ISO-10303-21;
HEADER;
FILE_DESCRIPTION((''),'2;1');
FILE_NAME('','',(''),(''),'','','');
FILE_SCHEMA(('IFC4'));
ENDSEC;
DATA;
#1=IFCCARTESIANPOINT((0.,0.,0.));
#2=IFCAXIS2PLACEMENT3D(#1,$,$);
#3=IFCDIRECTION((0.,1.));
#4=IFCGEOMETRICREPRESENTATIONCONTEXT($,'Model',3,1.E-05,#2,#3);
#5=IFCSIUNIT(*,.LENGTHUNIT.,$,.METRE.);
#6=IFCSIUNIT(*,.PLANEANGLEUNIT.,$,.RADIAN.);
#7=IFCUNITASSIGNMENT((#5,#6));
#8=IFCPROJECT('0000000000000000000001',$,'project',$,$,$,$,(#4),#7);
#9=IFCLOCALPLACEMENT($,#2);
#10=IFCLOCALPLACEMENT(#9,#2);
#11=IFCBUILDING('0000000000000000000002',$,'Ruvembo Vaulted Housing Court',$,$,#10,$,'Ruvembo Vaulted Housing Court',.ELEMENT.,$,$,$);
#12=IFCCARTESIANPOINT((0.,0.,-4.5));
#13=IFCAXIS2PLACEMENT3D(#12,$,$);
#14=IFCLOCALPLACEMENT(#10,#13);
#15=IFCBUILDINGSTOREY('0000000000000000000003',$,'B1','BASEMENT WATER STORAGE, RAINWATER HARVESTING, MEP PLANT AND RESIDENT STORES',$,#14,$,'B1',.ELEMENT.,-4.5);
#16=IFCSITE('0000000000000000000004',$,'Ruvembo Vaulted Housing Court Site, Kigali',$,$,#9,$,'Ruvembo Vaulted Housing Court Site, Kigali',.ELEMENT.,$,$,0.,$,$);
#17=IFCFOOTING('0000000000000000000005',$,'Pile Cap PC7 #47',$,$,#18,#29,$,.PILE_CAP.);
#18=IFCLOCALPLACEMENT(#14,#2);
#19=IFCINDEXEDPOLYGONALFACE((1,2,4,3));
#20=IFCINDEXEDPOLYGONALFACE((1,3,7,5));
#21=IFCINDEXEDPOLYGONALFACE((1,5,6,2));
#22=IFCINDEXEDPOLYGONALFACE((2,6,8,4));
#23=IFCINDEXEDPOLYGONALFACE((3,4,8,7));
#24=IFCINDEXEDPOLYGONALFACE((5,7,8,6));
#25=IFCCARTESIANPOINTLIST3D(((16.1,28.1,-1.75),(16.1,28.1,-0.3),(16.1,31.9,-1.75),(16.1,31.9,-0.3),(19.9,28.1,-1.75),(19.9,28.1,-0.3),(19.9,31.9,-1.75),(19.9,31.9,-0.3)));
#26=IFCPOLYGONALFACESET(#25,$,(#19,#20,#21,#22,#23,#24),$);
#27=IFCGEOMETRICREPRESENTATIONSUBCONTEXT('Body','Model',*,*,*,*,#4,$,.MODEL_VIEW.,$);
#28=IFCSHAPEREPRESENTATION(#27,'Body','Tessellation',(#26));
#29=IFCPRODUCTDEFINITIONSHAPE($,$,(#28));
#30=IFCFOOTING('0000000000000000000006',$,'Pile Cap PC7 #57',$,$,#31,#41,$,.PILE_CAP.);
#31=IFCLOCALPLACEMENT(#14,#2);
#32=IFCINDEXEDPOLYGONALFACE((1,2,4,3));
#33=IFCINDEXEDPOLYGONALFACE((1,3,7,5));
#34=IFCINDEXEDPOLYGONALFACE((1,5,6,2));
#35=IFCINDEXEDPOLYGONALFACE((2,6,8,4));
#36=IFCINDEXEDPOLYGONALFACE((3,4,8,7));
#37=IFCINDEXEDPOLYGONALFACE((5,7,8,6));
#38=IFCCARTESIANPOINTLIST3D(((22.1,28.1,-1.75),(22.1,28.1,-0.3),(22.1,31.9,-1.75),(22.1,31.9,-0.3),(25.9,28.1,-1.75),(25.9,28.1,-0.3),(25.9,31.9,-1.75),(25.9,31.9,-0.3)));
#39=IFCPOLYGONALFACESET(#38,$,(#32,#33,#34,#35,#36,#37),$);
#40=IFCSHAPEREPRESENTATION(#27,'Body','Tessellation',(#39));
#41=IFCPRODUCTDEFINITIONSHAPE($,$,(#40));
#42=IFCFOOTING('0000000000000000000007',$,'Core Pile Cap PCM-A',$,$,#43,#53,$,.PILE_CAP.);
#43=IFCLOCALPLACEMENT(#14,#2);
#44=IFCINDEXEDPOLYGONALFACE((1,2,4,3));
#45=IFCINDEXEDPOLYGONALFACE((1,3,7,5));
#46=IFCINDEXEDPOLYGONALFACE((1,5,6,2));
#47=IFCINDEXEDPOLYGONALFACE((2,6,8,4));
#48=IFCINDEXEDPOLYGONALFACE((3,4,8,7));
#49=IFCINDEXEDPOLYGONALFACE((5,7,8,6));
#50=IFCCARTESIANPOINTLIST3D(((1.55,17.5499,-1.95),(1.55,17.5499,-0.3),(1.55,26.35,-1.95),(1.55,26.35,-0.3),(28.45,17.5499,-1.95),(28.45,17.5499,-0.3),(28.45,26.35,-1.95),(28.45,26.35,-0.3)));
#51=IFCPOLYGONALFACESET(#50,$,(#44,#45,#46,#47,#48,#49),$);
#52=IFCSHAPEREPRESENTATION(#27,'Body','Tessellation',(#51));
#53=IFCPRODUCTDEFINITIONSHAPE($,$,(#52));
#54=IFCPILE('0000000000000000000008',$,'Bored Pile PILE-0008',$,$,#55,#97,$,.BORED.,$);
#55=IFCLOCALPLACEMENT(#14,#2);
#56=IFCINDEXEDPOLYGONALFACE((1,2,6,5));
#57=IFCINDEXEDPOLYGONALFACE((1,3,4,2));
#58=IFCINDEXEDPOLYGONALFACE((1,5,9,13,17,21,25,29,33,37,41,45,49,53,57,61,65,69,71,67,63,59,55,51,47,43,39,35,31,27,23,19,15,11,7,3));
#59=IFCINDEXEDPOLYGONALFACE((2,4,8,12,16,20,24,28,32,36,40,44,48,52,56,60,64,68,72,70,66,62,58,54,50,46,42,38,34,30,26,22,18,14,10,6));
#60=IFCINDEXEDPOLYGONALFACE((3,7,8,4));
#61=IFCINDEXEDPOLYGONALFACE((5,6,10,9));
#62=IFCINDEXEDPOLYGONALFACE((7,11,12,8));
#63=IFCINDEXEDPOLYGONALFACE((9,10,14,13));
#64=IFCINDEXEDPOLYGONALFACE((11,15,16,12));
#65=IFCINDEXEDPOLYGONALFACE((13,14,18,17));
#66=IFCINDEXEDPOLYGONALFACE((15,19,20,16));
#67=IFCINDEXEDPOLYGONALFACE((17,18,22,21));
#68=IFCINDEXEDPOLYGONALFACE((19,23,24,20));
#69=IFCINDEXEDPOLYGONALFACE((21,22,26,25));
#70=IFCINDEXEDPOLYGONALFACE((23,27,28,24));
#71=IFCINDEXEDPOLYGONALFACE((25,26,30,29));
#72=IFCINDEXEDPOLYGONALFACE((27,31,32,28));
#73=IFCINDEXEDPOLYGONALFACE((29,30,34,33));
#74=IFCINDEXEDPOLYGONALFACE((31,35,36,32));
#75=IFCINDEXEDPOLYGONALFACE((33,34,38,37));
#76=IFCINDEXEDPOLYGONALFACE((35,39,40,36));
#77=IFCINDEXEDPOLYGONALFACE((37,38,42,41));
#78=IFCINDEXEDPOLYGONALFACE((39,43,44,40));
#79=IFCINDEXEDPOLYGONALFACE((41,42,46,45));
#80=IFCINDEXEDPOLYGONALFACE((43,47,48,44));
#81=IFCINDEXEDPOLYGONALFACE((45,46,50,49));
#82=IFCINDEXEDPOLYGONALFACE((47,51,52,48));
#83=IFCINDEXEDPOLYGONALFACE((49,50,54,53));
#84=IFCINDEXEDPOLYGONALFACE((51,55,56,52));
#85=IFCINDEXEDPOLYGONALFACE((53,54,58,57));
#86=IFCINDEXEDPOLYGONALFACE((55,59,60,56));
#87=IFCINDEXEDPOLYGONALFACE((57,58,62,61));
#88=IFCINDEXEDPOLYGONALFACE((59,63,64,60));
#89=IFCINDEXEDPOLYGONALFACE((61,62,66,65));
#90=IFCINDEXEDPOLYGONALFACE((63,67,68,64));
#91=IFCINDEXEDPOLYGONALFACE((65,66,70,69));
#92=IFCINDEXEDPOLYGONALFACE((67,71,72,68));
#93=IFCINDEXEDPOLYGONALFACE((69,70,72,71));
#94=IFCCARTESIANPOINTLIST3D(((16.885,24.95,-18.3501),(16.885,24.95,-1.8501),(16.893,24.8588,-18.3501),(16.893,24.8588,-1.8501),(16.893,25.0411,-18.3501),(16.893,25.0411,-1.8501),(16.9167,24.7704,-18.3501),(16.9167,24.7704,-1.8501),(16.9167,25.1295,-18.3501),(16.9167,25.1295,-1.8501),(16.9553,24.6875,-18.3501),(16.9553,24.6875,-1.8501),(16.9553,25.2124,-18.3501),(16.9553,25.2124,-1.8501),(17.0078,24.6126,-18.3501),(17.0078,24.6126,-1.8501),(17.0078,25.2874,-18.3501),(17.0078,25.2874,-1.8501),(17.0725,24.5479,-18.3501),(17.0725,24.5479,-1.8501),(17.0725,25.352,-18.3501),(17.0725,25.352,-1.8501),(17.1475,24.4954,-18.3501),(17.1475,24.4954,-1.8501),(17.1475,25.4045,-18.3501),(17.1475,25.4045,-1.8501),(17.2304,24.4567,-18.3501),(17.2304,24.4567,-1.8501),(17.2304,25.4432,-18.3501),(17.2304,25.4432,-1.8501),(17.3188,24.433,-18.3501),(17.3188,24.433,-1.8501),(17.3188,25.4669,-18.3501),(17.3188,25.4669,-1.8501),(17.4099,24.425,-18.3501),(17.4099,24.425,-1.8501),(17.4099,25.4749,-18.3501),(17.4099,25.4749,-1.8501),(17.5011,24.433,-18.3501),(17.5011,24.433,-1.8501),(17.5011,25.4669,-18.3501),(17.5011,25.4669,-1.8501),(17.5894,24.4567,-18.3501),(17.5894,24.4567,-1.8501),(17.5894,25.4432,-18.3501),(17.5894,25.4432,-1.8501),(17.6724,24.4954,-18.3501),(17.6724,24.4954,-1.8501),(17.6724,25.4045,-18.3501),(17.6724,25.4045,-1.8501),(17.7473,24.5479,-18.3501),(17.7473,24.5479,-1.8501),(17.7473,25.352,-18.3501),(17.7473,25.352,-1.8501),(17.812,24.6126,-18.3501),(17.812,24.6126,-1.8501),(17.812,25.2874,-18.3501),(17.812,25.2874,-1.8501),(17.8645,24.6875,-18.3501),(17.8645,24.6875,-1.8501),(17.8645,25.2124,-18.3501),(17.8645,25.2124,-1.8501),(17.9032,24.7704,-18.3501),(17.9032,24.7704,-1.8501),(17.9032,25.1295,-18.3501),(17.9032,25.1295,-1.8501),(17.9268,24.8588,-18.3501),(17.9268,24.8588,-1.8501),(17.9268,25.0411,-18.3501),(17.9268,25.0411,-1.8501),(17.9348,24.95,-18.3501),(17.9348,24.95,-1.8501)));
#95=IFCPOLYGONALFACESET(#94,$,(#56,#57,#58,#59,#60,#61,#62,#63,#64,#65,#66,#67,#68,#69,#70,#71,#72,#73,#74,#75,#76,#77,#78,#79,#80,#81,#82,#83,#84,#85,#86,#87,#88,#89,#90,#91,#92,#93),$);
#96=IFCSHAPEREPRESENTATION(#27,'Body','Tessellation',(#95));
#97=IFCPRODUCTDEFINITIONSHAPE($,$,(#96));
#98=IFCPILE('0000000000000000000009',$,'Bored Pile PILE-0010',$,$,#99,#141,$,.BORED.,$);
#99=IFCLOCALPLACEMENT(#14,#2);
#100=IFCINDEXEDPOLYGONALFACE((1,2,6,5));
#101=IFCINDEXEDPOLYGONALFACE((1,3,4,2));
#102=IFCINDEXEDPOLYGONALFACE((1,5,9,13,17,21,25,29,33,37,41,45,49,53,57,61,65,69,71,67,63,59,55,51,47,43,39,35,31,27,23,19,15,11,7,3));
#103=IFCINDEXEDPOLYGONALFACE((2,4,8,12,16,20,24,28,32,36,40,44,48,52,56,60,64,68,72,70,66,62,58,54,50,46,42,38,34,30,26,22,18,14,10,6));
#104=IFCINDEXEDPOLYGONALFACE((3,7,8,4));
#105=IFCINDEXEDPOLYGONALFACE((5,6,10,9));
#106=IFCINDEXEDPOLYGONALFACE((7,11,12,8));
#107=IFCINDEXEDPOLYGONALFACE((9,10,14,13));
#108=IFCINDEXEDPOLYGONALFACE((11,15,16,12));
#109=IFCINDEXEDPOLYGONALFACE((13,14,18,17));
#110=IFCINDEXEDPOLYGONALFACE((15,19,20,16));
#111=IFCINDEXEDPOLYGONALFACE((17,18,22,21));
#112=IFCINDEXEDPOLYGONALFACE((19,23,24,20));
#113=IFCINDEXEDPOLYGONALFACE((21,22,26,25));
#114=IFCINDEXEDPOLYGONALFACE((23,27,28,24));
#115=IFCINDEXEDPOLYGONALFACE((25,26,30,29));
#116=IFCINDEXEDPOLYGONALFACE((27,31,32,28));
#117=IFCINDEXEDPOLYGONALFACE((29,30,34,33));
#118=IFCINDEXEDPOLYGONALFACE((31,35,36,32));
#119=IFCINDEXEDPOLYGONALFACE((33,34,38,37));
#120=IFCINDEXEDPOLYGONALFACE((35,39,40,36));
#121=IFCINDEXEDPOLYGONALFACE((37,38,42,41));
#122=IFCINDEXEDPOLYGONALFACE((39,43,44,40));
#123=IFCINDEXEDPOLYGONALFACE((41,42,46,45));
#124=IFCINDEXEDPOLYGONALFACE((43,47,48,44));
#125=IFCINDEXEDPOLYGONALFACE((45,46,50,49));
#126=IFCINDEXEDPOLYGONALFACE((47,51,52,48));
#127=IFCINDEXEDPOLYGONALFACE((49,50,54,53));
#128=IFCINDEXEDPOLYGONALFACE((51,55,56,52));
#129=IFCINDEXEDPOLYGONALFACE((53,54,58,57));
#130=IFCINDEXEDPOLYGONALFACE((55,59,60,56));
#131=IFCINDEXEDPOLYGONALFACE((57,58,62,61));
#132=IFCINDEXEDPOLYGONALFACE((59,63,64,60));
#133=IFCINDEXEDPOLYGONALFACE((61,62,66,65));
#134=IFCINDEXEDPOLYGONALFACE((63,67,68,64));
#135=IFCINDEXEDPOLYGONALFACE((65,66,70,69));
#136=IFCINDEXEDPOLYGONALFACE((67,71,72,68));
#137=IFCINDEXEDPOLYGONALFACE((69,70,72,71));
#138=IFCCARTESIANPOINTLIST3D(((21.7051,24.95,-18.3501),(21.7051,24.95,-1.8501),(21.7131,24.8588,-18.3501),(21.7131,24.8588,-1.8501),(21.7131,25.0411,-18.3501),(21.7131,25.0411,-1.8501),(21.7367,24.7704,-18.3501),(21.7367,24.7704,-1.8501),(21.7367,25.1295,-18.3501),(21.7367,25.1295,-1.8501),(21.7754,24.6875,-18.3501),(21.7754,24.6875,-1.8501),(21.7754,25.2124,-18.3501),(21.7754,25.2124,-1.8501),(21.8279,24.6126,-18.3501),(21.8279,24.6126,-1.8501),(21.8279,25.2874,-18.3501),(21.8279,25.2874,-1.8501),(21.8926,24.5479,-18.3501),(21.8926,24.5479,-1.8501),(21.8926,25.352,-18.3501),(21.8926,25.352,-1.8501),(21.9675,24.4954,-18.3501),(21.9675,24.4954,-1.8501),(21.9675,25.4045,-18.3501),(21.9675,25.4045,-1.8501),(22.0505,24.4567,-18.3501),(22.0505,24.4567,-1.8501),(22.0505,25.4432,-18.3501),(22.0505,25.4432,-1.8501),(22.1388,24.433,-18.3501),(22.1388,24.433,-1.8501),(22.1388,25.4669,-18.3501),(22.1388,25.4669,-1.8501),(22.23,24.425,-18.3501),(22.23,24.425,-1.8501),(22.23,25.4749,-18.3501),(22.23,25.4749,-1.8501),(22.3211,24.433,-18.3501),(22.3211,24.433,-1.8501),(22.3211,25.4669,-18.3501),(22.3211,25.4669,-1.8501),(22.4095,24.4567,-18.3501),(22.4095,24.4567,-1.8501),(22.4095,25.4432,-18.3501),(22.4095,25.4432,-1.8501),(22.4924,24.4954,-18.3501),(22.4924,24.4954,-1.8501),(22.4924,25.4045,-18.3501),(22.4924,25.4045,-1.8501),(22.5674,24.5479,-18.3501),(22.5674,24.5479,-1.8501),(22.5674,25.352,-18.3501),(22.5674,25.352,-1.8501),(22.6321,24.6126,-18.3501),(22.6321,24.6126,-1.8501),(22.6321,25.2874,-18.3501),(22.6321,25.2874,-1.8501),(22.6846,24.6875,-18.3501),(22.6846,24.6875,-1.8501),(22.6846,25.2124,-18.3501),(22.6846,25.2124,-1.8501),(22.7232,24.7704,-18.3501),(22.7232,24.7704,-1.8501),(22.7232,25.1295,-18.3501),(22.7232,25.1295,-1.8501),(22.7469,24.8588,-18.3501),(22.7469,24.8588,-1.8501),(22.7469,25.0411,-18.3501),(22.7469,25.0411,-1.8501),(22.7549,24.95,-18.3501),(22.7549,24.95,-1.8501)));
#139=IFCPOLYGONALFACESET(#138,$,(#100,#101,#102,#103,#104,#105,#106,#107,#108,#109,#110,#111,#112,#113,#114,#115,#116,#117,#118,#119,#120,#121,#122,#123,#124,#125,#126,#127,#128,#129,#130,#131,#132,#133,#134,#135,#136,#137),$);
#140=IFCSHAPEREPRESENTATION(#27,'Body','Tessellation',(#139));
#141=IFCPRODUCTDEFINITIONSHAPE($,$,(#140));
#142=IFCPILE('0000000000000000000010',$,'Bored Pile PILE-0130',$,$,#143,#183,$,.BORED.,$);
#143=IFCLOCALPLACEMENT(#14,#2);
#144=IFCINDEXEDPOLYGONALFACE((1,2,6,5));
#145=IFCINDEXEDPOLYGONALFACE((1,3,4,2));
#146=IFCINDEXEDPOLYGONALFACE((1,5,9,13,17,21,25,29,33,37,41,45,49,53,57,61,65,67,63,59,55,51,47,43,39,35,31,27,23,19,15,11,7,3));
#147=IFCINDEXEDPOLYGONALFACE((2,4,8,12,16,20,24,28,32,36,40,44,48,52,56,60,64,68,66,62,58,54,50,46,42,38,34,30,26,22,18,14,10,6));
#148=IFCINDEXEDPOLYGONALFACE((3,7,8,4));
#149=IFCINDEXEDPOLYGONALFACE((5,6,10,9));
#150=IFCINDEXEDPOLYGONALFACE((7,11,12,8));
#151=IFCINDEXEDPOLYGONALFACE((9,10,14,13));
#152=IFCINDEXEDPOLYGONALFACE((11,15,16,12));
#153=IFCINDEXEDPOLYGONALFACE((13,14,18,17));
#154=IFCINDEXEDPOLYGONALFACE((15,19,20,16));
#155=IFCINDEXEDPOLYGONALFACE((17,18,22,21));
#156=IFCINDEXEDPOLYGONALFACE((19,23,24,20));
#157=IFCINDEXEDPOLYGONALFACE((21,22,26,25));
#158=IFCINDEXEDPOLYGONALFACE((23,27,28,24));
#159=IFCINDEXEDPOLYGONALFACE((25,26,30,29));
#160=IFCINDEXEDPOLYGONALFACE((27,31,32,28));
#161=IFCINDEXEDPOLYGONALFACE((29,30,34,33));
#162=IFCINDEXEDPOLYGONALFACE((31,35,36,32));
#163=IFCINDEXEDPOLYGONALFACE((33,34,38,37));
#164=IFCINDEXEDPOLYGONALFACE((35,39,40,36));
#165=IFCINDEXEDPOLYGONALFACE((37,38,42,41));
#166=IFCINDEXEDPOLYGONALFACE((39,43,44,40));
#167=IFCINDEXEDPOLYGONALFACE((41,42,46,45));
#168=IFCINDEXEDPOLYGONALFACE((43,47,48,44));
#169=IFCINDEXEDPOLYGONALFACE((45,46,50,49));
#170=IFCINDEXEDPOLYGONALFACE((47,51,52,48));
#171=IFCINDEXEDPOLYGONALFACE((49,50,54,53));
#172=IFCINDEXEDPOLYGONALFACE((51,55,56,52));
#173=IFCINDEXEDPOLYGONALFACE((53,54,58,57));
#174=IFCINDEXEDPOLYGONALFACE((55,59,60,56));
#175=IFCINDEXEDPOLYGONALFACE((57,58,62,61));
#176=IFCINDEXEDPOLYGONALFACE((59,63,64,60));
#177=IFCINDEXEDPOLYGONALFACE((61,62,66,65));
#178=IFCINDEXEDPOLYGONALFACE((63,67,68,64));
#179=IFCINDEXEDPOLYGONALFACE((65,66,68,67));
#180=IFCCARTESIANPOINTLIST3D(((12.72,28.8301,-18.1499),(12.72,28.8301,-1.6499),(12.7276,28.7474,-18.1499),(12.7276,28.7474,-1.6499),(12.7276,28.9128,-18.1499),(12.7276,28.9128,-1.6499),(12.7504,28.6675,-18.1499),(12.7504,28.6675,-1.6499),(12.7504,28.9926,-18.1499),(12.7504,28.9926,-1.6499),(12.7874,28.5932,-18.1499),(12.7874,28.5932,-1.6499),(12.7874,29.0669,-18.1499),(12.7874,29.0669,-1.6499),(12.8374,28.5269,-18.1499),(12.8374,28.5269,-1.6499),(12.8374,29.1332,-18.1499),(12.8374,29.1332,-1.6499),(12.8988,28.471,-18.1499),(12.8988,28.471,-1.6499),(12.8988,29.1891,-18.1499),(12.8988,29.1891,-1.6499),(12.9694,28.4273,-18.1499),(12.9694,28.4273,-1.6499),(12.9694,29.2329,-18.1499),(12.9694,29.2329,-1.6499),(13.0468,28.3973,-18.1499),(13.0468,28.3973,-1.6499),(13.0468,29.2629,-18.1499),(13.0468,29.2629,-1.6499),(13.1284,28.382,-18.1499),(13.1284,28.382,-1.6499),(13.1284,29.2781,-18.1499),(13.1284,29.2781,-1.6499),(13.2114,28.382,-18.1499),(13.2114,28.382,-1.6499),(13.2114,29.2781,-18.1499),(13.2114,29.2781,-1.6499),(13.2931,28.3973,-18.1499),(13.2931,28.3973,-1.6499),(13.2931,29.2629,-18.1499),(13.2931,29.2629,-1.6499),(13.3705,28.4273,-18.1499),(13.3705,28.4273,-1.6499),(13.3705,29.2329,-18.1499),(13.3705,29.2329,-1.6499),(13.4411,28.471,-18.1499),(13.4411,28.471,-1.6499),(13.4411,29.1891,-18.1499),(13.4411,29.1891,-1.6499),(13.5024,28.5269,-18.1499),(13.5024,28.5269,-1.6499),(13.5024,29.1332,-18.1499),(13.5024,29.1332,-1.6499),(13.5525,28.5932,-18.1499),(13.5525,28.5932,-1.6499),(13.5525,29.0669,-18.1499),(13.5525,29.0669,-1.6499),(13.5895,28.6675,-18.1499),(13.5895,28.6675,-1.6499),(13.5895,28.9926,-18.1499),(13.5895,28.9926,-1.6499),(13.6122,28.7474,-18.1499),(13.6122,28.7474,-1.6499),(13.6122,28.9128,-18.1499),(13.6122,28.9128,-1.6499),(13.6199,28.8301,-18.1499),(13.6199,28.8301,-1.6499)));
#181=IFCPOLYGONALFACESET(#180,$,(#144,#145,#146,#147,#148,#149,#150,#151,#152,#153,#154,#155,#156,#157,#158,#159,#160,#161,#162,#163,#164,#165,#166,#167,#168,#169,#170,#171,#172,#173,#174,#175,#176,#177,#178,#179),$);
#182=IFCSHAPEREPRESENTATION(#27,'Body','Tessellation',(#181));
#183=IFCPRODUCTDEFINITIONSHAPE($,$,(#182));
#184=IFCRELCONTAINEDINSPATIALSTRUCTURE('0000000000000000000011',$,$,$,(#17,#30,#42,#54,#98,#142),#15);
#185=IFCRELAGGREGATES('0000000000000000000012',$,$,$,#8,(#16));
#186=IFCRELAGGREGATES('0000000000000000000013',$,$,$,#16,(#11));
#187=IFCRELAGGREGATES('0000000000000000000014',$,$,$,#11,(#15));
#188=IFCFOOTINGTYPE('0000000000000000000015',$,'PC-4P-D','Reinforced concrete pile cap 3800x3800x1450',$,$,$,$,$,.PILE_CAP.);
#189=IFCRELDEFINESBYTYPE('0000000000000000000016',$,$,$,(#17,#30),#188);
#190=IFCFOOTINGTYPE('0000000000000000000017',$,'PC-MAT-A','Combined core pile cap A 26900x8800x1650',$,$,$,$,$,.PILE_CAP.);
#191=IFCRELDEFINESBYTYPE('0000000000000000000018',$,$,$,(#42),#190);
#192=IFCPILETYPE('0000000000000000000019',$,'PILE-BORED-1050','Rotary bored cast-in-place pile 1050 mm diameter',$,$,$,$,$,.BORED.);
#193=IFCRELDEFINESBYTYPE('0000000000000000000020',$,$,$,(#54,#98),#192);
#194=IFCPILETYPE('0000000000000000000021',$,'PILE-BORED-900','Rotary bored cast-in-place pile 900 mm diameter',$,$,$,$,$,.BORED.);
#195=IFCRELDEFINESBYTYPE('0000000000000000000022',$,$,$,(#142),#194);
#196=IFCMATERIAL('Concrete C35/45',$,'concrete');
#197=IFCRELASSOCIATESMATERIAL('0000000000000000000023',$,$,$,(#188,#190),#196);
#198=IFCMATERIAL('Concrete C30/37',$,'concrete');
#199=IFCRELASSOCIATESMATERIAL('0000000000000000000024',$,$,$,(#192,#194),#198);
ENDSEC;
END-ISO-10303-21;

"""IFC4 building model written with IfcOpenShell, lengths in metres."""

from ifc_helpers import new_model, si_unit, direction, frame, origin, origin_2d, place, context, subcontext, project, spatial, rectangle, circle, extrude, material, material_profile, profile_set, type_object, element, save


model = new_model("IFC4")

# Units and contexts
model_context = context("Model", 3, precision=1e-05, world=origin(), true_north=direction((0.0, 1.0)))
body_context = subcontext(model_context, "Body", "Model", "MODEL_VIEW")
ifc_project = project(units=[si_unit("LENGTHUNIT", "METRE"), si_unit("PLANEANGLEUNIT", "RADIAN")], contexts=[model_context])

# Site, building, storey
site_placement = place(None, origin())
site = spatial("IfcSite", under=ifc_project, at=site_placement, Name="Ruvembo Vaulted Housing Court Site, Kigali", LongName="Ruvembo Vaulted Housing Court Site, Kigali", CompositionType="ELEMENT", RefElevation=0.0)
building_placement = place(site_placement, origin())
building = spatial("IfcBuilding", under=site, at=building_placement, Name="Ruvembo Vaulted Housing Court", LongName="Ruvembo Vaulted Housing Court", CompositionType="ELEMENT")
storey_placement = place(building_placement, frame((0.0, 0.0, -4.5)))
storey = spatial("IfcBuildingStorey", under=building, at=storey_placement, Name="B1", Description="BASEMENT WATER STORAGE, RAINWATER HARVESTING, MEP PLANT AND RESIDENT STORES", LongName="B1", CompositionType="ELEMENT", Elevation=-4.5)

# Footings
ifc_material_1 = material(Name="Concrete C35/45", Category="concrete")
footing_type_1 = type_object("IfcFootingType", Name="PC-4P-D", Description="Reinforced concrete pile cap 3800x3800x1450", PredefinedType="PILE_CAP", material=ifc_material_1)
for number, where, z_axis, x_axis, name in (
    (1, (18.0, 30.0, -1.75), (0.0, 0.0, 1.0), (1.0, 0.0, 0.0), "Pile Cap PC7 #47"),
    (2, (24.0, 30.0, -1.75), (0.0, 0.0, 1.0), (1.0, 0.0, 0.0), "Pile Cap PC7 #57"),
):
    element("IfcFooting", number, at=place(storey_placement, frame(where, z_axis=z_axis, x_axis=x_axis)), inside=storey, type_object=footing_type_1, Name=name, PredefinedType="PILE_CAP", context=body_context, shape_type="SweptSolid", body=[
        extrude(rectangle(XDim=3.8, YDim=3.8, at=origin_2d()), origin(), (0.0, 0.0, 1.0), 1.45),
    ])
footing_type_2 = type_object("IfcFootingType", Name="PC-MAT-A", Description="Combined core pile cap A 26900x8800x1650", PredefinedType="PILE_CAP", material=ifc_material_1)
footing_placement = place(storey_placement, frame((15.0, 21.95, -1.95), z_axis=(0.0, 0.0, 1.0), x_axis=(1.0, 0.0, 0.0)))
element("IfcFooting", 3, at=footing_placement, inside=storey, type_object=footing_type_2, Name="Core Pile Cap PCM-A", PredefinedType="PILE_CAP", context=body_context, shape_type="SweptSolid", body=[
    extrude(rectangle(XDim=26.8999, YDim=8.8, at=origin_2d()), origin(), (0.0, 0.0, 1.0), 1.6499),
])

# Piles
ifc_material_2 = material(Name="Concrete C30/37", Category="concrete")
ifc_material_profile_1 = material_profile(ifc_material_2, circle(Radius=0.5249, at=origin_2d()), Name="PILE D1050")
ifc_profile_set_1 = profile_set([ifc_material_profile_1], Name="Concrete C30/37")
pile_type_1 = type_object("IfcPileType", Name="PILE-BORED-1050", Description="Rotary bored cast-in-place pile 1050 mm diameter", PredefinedType="BORED", material=ifc_profile_set_1)
for number, where, z_axis, x_axis, name in (
    (4, (17.4099, 24.95, -1.8501), (0.0, 0.0, -1.0), (1.0, 0.0, 0.0), "Bored Pile PILE-0008"),
    (5, (22.23, 24.95, -1.8501), (0.0, 0.0, -1.0), (1.0, 0.0, 0.0), "Bored Pile PILE-0010"),
):
    element("IfcPile", number, at=place(storey_placement, frame(where, z_axis=z_axis, x_axis=x_axis)), inside=storey, type_object=pile_type_1, Name=name, PredefinedType="BORED", context=body_context, shape_type="SweptSolid", body=[
        extrude(circle(Radius=0.5249, at=origin_2d()), origin(), (0.0, 0.0, 1.0), 16.5),
    ])
ifc_material_profile_2 = material_profile(ifc_material_2, circle(Radius=0.45, at=origin_2d()), Name="PILE D900")
ifc_profile_set_2 = profile_set([ifc_material_profile_2], Name="Concrete C30/37")
pile_type_2 = type_object("IfcPileType", Name="PILE-BORED-900", Description="Rotary bored cast-in-place pile 900 mm diameter", PredefinedType="BORED", material=ifc_profile_set_2)
for number, where, z_axis, x_axis, name in (
    (6, (13.1699, 28.8301, -1.6499), (0.0, 0.0, -1.0), (1.0, 0.0, 0.0), "Bored Pile PILE-0130"),
):
    element("IfcPile", number, at=place(storey_placement, frame(where, z_axis=z_axis, x_axis=x_axis)), inside=storey, type_object=pile_type_2, Name=name, PredefinedType="BORED", context=body_context, shape_type="SweptSolid", body=[
        extrude(circle(Radius=0.45, at=origin_2d()), origin(), (0.0, 0.0, 1.0), 16.5),
    ])

save(model, "model.ifc")
